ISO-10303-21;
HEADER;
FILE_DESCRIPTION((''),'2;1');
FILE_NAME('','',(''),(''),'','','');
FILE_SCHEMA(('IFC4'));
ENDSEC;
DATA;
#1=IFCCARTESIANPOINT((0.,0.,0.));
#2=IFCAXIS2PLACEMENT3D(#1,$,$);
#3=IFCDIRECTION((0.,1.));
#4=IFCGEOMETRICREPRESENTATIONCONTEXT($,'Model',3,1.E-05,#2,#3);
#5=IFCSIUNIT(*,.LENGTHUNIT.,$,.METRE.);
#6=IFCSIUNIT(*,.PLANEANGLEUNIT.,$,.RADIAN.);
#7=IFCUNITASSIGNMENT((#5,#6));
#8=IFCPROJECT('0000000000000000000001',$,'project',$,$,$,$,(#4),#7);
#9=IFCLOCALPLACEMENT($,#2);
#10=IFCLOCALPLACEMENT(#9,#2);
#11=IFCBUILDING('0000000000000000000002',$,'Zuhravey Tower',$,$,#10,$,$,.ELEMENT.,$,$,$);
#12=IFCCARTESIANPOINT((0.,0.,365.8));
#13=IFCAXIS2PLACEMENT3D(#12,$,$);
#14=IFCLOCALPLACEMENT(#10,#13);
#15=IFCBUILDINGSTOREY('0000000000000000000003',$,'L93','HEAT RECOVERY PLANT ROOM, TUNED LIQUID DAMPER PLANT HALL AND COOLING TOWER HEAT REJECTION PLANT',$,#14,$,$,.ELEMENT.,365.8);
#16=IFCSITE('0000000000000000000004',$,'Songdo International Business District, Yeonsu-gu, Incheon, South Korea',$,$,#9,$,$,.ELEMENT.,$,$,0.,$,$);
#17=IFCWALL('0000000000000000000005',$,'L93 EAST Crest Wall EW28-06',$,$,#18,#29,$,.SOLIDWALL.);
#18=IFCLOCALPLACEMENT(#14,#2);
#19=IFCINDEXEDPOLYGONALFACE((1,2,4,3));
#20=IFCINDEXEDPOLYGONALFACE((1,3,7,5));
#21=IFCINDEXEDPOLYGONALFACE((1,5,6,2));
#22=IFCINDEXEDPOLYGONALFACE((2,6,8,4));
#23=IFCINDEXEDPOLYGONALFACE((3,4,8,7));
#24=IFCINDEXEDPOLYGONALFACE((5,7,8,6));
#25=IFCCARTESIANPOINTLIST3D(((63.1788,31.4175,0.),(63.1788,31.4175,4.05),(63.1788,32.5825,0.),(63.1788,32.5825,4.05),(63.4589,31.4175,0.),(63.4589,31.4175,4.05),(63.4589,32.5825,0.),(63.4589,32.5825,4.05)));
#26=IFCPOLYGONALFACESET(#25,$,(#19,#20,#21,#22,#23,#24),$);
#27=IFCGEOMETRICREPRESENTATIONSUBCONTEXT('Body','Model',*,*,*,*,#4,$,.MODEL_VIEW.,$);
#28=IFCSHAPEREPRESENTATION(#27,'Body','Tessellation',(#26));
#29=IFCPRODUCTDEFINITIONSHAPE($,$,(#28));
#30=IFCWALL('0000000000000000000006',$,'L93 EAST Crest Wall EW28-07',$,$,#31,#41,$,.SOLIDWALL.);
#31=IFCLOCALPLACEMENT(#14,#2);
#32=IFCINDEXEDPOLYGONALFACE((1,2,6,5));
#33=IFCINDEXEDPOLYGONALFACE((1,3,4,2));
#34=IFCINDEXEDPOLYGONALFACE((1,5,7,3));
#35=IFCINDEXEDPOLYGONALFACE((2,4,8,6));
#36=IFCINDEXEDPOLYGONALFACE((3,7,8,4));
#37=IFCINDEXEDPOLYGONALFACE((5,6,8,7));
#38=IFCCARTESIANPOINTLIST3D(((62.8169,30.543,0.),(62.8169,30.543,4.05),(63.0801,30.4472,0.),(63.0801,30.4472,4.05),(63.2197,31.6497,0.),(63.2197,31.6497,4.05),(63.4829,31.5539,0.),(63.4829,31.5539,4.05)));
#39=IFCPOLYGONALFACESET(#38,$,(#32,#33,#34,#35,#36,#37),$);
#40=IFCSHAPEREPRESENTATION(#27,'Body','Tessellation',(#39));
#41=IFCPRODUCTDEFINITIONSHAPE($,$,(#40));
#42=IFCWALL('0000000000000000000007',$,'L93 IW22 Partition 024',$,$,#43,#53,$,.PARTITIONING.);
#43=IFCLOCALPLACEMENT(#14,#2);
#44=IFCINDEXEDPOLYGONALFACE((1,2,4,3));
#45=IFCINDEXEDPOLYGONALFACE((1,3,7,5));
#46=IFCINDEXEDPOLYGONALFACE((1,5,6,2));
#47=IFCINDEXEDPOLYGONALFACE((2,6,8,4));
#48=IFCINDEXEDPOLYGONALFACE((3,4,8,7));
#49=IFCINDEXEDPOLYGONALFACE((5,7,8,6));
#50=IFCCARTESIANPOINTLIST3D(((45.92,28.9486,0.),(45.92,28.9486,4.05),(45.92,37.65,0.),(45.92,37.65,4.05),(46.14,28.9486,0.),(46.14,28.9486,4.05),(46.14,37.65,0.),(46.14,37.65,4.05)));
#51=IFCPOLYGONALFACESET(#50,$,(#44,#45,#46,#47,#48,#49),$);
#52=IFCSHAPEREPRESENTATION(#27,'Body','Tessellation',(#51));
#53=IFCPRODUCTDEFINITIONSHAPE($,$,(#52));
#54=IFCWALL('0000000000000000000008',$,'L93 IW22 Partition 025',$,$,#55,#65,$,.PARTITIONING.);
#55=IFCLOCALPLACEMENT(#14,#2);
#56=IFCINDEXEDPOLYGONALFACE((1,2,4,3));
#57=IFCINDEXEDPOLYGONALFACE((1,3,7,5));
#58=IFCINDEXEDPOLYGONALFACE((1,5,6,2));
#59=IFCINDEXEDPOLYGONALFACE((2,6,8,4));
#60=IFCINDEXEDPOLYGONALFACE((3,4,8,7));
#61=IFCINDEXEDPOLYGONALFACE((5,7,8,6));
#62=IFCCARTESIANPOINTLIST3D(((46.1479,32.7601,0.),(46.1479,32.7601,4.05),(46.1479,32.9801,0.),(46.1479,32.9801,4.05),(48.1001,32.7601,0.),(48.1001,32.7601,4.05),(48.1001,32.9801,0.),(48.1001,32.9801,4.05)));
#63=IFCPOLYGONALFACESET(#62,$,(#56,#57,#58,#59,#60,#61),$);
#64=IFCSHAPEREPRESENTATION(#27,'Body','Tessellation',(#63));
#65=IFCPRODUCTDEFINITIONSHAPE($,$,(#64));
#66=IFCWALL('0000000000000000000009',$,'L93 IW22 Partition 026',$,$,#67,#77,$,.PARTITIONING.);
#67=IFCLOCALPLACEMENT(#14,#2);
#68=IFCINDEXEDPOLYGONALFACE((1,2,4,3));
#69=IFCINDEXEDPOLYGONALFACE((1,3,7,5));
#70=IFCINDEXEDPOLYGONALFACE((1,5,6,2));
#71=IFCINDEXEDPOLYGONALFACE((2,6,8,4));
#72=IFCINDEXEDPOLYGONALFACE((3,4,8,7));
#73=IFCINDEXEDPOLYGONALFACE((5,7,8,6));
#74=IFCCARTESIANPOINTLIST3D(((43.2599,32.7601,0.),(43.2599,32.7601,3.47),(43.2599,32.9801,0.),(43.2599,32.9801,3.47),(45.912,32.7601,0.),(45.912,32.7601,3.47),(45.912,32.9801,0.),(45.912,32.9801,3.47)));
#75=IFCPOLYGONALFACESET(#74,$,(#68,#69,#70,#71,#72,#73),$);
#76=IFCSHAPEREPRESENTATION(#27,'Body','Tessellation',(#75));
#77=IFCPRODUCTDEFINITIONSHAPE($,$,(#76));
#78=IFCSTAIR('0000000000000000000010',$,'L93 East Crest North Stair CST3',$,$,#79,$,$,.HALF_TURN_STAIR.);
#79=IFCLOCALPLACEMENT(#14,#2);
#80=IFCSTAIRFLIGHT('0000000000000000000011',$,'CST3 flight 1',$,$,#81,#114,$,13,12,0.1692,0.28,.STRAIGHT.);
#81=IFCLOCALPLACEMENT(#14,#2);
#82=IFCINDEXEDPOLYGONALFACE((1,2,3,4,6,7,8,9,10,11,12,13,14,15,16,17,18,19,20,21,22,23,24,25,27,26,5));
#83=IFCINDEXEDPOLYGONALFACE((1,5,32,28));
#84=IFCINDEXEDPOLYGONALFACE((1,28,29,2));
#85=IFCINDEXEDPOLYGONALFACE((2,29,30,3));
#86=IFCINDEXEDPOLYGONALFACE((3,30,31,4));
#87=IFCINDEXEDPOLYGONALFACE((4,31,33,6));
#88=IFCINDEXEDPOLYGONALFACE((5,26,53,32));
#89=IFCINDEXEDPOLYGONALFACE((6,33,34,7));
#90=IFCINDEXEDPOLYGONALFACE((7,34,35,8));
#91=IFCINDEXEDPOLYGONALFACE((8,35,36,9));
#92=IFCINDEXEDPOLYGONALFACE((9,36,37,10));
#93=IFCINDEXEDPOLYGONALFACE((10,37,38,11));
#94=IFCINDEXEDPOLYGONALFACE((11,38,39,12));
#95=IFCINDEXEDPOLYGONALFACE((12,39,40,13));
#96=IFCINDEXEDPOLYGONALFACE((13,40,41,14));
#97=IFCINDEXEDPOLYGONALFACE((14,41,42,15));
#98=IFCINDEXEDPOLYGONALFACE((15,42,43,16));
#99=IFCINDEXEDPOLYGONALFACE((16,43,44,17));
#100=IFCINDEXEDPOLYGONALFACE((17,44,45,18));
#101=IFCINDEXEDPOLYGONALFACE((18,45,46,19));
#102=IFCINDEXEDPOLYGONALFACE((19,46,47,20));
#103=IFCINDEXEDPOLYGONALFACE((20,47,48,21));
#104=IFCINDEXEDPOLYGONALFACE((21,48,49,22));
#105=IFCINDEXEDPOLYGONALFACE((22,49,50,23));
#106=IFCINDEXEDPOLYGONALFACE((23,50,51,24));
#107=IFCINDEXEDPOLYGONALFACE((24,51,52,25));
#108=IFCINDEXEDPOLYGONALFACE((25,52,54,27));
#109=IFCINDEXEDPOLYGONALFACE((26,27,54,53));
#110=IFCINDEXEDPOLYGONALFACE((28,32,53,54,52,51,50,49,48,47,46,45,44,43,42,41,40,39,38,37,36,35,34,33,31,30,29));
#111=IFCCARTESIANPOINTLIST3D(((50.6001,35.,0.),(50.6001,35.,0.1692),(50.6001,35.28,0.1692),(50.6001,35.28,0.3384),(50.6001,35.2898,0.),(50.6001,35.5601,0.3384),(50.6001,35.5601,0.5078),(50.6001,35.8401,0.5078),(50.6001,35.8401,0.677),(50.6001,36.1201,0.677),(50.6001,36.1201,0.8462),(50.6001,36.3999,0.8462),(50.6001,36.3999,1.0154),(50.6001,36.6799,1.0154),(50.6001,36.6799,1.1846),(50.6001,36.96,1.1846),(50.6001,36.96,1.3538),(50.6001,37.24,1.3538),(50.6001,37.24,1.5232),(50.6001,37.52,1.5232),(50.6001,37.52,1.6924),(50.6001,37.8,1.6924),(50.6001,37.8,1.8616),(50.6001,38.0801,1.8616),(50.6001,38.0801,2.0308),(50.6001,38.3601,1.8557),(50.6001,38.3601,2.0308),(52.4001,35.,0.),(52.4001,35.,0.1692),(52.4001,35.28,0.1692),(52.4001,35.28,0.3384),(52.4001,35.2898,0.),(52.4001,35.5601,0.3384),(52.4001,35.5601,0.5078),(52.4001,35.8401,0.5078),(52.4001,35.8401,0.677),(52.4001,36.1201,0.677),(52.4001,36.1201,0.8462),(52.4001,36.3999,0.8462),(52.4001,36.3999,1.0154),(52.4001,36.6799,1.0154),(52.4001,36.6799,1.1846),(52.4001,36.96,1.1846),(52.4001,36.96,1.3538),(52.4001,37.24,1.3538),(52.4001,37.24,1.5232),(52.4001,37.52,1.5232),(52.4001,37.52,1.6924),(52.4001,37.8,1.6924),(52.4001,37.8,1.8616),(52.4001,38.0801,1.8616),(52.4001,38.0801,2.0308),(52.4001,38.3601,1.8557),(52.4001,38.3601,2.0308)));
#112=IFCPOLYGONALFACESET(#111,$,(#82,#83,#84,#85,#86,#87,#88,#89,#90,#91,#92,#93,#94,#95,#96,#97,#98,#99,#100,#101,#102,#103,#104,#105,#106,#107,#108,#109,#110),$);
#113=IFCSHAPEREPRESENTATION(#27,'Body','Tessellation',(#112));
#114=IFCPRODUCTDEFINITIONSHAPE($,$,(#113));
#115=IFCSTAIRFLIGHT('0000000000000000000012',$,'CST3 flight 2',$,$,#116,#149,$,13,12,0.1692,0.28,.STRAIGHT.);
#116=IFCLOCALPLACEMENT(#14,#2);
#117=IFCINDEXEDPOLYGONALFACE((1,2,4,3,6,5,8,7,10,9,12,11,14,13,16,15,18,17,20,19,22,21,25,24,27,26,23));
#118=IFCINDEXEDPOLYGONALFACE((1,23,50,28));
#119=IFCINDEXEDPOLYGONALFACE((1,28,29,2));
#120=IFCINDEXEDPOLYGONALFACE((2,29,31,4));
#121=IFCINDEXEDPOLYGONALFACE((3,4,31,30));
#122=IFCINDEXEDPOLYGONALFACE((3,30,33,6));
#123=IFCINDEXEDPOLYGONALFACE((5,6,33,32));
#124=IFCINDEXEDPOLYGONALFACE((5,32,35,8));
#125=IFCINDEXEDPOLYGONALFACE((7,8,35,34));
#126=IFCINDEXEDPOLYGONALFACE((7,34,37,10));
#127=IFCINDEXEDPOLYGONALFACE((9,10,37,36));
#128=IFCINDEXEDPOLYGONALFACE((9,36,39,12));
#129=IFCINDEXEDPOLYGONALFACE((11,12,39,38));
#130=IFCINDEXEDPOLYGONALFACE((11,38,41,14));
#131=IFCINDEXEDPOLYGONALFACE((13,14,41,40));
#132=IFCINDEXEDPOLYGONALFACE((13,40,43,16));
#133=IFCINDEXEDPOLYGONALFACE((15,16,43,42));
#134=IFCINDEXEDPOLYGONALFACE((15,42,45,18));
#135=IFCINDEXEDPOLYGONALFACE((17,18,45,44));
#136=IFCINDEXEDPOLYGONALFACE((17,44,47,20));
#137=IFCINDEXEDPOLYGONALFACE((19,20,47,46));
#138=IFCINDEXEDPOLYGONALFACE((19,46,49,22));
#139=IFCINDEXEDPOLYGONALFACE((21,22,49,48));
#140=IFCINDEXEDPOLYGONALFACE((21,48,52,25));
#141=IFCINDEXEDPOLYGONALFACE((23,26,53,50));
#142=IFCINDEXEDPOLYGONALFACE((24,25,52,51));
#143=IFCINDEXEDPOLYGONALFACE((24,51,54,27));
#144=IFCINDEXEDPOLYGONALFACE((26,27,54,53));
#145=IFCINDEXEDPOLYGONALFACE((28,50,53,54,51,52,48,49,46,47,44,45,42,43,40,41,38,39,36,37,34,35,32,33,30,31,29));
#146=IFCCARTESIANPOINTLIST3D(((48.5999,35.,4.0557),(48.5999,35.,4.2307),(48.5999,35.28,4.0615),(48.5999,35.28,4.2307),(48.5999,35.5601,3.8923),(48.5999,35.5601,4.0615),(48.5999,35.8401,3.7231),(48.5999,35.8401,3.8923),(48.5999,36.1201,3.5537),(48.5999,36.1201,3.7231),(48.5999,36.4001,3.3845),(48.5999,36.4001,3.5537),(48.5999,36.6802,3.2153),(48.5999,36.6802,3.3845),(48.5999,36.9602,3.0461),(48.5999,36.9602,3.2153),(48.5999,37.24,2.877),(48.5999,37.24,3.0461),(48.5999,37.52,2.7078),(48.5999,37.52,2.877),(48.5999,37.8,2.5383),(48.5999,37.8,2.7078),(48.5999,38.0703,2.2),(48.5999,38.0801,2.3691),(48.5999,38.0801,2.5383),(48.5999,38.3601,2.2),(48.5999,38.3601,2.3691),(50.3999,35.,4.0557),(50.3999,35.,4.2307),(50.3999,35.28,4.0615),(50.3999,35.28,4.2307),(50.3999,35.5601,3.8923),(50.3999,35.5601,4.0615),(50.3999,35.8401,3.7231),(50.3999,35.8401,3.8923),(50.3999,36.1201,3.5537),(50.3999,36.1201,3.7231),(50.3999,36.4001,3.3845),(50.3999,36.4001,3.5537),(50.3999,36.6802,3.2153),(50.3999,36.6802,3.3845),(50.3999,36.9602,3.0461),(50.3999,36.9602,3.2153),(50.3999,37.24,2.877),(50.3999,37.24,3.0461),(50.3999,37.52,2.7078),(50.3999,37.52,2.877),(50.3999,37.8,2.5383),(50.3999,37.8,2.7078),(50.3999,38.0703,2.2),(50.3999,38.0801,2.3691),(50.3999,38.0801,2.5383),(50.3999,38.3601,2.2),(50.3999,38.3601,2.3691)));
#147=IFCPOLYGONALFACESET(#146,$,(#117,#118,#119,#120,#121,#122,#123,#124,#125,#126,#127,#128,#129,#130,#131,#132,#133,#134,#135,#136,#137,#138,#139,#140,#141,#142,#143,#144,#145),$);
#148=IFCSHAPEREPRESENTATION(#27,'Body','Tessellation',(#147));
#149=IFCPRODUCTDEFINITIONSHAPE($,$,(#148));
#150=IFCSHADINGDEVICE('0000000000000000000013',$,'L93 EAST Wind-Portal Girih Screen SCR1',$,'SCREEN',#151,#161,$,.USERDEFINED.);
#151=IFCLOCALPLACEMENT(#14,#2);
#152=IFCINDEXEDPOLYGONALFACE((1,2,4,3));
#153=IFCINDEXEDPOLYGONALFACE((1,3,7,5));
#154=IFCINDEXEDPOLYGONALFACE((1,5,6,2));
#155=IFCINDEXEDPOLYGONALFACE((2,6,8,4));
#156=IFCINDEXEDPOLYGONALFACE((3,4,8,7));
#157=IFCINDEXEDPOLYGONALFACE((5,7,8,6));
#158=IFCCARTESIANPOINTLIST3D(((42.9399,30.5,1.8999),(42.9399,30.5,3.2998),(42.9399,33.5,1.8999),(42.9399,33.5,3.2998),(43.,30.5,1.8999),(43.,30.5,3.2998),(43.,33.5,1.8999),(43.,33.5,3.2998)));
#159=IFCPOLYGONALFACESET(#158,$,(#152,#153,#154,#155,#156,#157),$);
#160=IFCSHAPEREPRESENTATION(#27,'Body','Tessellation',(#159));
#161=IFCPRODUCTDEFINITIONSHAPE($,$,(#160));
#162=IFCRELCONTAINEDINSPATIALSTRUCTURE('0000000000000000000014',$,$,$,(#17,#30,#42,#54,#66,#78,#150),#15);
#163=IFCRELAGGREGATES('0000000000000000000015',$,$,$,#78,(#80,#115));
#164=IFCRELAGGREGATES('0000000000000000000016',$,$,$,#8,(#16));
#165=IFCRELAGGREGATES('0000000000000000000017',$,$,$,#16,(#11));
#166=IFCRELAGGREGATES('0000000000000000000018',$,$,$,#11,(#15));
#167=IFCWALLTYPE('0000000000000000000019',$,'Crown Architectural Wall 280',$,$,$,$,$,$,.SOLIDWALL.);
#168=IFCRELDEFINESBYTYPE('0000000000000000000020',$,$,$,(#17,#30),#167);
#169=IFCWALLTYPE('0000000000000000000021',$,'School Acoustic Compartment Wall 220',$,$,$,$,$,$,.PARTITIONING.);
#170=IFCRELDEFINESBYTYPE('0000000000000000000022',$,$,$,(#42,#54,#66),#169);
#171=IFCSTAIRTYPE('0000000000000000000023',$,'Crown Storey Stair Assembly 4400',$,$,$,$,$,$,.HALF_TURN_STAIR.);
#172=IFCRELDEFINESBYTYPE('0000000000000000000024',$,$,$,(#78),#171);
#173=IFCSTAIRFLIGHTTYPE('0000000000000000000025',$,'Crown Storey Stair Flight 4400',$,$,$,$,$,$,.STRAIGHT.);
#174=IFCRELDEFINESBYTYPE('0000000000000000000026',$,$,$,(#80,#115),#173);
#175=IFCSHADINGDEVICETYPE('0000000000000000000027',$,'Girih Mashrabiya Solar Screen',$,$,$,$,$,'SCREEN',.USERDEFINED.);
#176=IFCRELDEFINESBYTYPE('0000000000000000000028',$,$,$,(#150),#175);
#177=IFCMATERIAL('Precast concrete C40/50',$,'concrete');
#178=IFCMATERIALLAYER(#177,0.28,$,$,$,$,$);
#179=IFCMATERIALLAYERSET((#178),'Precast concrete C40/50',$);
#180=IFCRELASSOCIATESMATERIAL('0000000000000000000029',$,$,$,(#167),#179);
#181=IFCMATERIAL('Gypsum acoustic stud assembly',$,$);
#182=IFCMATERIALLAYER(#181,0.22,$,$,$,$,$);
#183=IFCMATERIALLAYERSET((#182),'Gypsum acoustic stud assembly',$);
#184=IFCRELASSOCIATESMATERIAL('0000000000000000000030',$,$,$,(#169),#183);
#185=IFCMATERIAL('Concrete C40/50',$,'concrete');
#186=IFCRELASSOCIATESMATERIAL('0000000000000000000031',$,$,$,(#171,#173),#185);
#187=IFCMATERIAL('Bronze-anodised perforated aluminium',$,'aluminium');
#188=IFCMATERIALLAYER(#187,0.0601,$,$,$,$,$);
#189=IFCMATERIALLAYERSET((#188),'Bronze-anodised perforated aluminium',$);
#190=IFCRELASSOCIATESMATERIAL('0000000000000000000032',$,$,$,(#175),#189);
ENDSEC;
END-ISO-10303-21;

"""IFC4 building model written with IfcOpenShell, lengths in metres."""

from ifc_helpers import new_model, si_unit, direction, frame, frame_2d, origin, origin_2d, place, context, subcontext, project, spatial, polyline, rectangle, outline, extrude, material, layer, layer_set, type_object, element, aggregate, save


model = new_model("IFC4")

# Units and contexts
model_context = context("Model", 3, precision=1e-05, world=origin(), true_north=direction((0.0, 1.0)))
body_context = subcontext(model_context, "Body", "Model", "MODEL_VIEW")
ifc_project = project(units=[si_unit("LENGTHUNIT", "METRE"), si_unit("PLANEANGLEUNIT", "RADIAN")], contexts=[model_context])

# Site, building, storey
site_placement = place(None, origin())
site = spatial("IfcSite", under=ifc_project, at=site_placement, Name="Songdo International Business District, Yeonsu-gu, Incheon, South Korea", CompositionType="ELEMENT", RefElevation=0.0)
building_placement = place(site_placement, origin())
building = spatial("IfcBuilding", under=site, at=building_placement, Name="Zuhravey Tower", CompositionType="ELEMENT")
storey_placement = place(building_placement, frame((0.0, 0.0, 365.8)))
storey = spatial("IfcBuildingStorey", under=building, at=storey_placement, Name="L93", Description="HEAT RECOVERY PLANT ROOM, TUNED LIQUID DAMPER PLANT HALL AND COOLING TOWER HEAT REJECTION PLANT", CompositionType="ELEMENT", Elevation=365.8)

# Walls
ifc_material_1 = material(Name="Precast concrete C40/50", Category="concrete")
ifc_layer_1 = layer(ifc_material_1, 0.28)
ifc_layer_set_1 = layer_set([ifc_layer_1], Name="Precast concrete C40/50")
wall_type_1 = type_object("IfcWallType", Name="Crown Architectural Wall 280", PredefinedType="SOLIDWALL", material=ifc_layer_set_1)
wall_1_placement = place(storey_placement, frame((63.3188, 32.5825, 0.0), z_axis=(0.0, 0.0, 1.0), x_axis=(0.0, -1.0, 0.0)))
element("IfcWall", 1, at=wall_1_placement, inside=storey, type_object=wall_type_1, Name="L93 EAST Crest Wall EW28-06", PredefinedType="SOLIDWALL", context=body_context, shape_type="SweptSolid", body=[
    extrude(rectangle(XDim=1.165, YDim=0.28, at=frame_2d((0.5825, 0.0))), origin(), (0.0, 0.0, 1.0), 4.05),
])
wall_2_placement = place(storey_placement, frame((63.3513, 31.6018, 0.0), z_axis=(0.0, 0.0, 1.0), x_axis=(-0.342043, -0.939684, 0.0)))
element("IfcWall", 2, at=wall_2_placement, inside=storey, type_object=wall_type_1, Name="L93 EAST Crest Wall EW28-07", PredefinedType="SOLIDWALL", context=body_context, shape_type="SweptSolid", body=[
    extrude(rectangle(XDim=1.1777, YDim=0.28, at=frame_2d((0.5889, 0.0))), origin(), (0.0, 0.0, 1.0), 4.05),
])
ifc_material_2 = material(Name="Gypsum acoustic stud assembly")
ifc_layer_2 = layer(ifc_material_2, 0.22)
ifc_layer_set_2 = layer_set([ifc_layer_2], Name="Gypsum acoustic stud assembly")
wall_type_2 = type_object("IfcWallType", Name="School Acoustic Compartment Wall 220", PredefinedType="PARTITIONING", material=ifc_layer_set_2)
wall_3_placement = place(storey_placement, frame((46.03, 37.6499, 0.0), z_axis=(0.0, 0.0, 1.0), x_axis=(0.0, -1.0, 0.0)))
element("IfcWall", 3, at=wall_3_placement, inside=storey, type_object=wall_type_2, Name="L93 IW22 Partition 024", PredefinedType="PARTITIONING", context=body_context, shape_type="SweptSolid", body=[
    extrude(rectangle(XDim=8.7014, YDim=0.22, at=frame_2d((4.3506, 0.0))), origin(), (0.0, 0.0, 1.0), 4.05),
])
wall_4_placement = place(storey_placement, frame((48.1001, 32.8701, 0.0), z_axis=(0.0, 0.0, 1.0), x_axis=(-1.0, 0.0, 0.0)))
element("IfcWall", 4, at=wall_4_placement, inside=storey, type_object=wall_type_2, Name="L93 IW22 Partition 025", PredefinedType="PARTITIONING", context=body_context, shape_type="SweptSolid", body=[
    extrude(rectangle(XDim=1.9521, YDim=0.22, at=frame_2d((0.9761, 0.0))), origin(), (0.0, 0.0, 1.0), 4.05),
])
wall_5_placement = place(storey_placement, frame((45.9121, 32.8701, 0.0), z_axis=(0.0, 0.0, 1.0), x_axis=(-1.0, 0.0, 0.0)))
element("IfcWall", 5, at=wall_5_placement, inside=storey, type_object=wall_type_2, Name="L93 IW22 Partition 026", PredefinedType="PARTITIONING", context=body_context, shape_type="SweptSolid", body=[
    extrude(rectangle(XDim=2.6521, YDim=0.22, at=frame_2d((1.3262, 0.0))), origin(), (0.0, 0.0, 1.0), 3.47),
])

# Stair, stair flights
ifc_material_3 = material(Name="Concrete C40/50", Category="concrete")
stair_type = type_object("IfcStairType", Name="Crown Storey Stair Assembly 4400", PredefinedType="HALF_TURN_STAIR", material=ifc_material_3)
stair_placement = place(storey_placement, origin())
stair = element("IfcStair", 6, at=stair_placement, inside=storey, type_object=stair_type, Name="L93 East Crest North Stair CST3", PredefinedType="HALF_TURN_STAIR")
stair_flight_type = type_object("IfcStairFlightType", Name="Crown Storey Stair Flight 4400", PredefinedType="STRAIGHT", material=ifc_material_3)
stair_flight_1_placement = place(storey_placement, frame((51.5, 35.0, 0.0), z_axis=(0.0, 0.0, 1.0), x_axis=(0.0, 1.0, 0.0)))
stair_flight_1 = element("IfcStairFlight", 7, at=stair_flight_1_placement, type_object=stair_flight_type, Name="CST3 flight 1", NumberOfRisers=13, NumberOfTreads=12, PredefinedType="STRAIGHT", RiserHeight=0.1692, TreadLength=0.28, context=body_context, shape_type="SweptSolid", body=[
    extrude(outline(polyline([(0.0, 0.0), (0.0, 0.1692), (0.28, 0.1692), (0.28, 0.3384), (0.5601, 0.3384), (0.5601, 0.5078), (0.8401, 0.5078), (0.8401, 0.677), (1.1201, 0.677), (1.1201, 0.8462), (1.3999, 0.8462), (1.3999, 1.0154), (1.6799, 1.0154), (1.6799, 1.1846), (1.96, 1.1846), (1.96, 1.3538), (2.24, 1.3538), (2.24, 1.5232), (2.52, 1.5232), (2.52, 1.6924), (2.8, 1.6924), (2.8, 1.8616), (3.0801, 1.8616), (3.0801, 2.0308), (3.3601, 2.0308), (3.3601, 2.2), (3.3601, 1.8557), (0.2898, 0.0), (0.0, 0.0)])), frame((0.0, 0.8999, 0.0), z_axis=(0.0, -1.0, 0.0), x_axis=(1.0, 0.0, 0.0)), (0.0, 0.0, 1.0), 1.8),
])
stair_flight_2_placement = place(storey_placement, frame((49.5, 38.3601, 2.2), z_axis=(0.0, 0.0, 1.0), x_axis=(0.0, -1.0, 0.0)))
stair_flight_2 = element("IfcStairFlight", 8, at=stair_flight_2_placement, type_object=stair_flight_type, Name="CST3 flight 2", NumberOfRisers=13, NumberOfTreads=12, PredefinedType="STRAIGHT", RiserHeight=0.1692, TreadLength=0.28, context=body_context, shape_type="SweptSolid", body=[
    extrude(outline(polyline([(0.0, 0.0), (0.0, 0.1692), (0.28, 0.1692), (0.28, 0.3384), (0.5601, 0.3384), (0.5601, 0.5078), (0.8401, 0.5078), (0.8401, 0.677), (1.1201, 0.677), (1.1201, 0.8462), (1.3999, 0.8462), (1.3999, 1.0154), (1.6799, 1.0154), (1.6799, 1.1846), (1.96, 1.1846), (1.96, 1.3538), (2.24, 1.3538), (2.24, 1.5232), (2.52, 1.5232), (2.52, 1.6924), (2.8, 1.6924), (2.8, 1.8616), (3.0801, 1.8616), (3.0801, 2.0308), (3.3601, 2.0308), (3.3601, 2.2), (3.3601, 1.8557), (0.2898, 0.0), (0.0, 0.0)])), frame((0.0, 0.8999, 0.0), z_axis=(0.0, -1.0, 0.0), x_axis=(1.0, 0.0, 0.0)), (0.0, 0.0, 1.0), 1.8),
])
aggregate(stair, [stair_flight_1, stair_flight_2])

# Shading device
ifc_material_4 = material(Name="Bronze-anodised perforated aluminium", Category="aluminium")
ifc_layer_3 = layer(ifc_material_4, 0.0601)
ifc_layer_set_3 = layer_set([ifc_layer_3], Name="Bronze-anodised perforated aluminium")
shading_device_type = type_object("IfcShadingDeviceType", Name="Girih Mashrabiya Solar Screen", ElementType="SCREEN", PredefinedType="USERDEFINED", material=ifc_layer_set_3)
shading_device_placement = place(storey_placement, frame((42.97, 32.0, 1.8999), z_axis=(0.0, 0.0, 1.0), x_axis=(0.0, 1.0, 0.0)))
element("IfcShadingDevice", 9, at=shading_device_placement, inside=storey, type_object=shading_device_type, Name="L93 EAST Wind-Portal Girih Screen SCR1", ObjectType="SCREEN", PredefinedType="USERDEFINED", context=body_context, shape_type="SweptSolid", body=[
    extrude(rectangle(XDim=3.0, YDim=0.0601, at=origin_2d()), origin(), (0.0, 0.0, 1.0), 1.3999),
])

save(model, "model.ifc")
